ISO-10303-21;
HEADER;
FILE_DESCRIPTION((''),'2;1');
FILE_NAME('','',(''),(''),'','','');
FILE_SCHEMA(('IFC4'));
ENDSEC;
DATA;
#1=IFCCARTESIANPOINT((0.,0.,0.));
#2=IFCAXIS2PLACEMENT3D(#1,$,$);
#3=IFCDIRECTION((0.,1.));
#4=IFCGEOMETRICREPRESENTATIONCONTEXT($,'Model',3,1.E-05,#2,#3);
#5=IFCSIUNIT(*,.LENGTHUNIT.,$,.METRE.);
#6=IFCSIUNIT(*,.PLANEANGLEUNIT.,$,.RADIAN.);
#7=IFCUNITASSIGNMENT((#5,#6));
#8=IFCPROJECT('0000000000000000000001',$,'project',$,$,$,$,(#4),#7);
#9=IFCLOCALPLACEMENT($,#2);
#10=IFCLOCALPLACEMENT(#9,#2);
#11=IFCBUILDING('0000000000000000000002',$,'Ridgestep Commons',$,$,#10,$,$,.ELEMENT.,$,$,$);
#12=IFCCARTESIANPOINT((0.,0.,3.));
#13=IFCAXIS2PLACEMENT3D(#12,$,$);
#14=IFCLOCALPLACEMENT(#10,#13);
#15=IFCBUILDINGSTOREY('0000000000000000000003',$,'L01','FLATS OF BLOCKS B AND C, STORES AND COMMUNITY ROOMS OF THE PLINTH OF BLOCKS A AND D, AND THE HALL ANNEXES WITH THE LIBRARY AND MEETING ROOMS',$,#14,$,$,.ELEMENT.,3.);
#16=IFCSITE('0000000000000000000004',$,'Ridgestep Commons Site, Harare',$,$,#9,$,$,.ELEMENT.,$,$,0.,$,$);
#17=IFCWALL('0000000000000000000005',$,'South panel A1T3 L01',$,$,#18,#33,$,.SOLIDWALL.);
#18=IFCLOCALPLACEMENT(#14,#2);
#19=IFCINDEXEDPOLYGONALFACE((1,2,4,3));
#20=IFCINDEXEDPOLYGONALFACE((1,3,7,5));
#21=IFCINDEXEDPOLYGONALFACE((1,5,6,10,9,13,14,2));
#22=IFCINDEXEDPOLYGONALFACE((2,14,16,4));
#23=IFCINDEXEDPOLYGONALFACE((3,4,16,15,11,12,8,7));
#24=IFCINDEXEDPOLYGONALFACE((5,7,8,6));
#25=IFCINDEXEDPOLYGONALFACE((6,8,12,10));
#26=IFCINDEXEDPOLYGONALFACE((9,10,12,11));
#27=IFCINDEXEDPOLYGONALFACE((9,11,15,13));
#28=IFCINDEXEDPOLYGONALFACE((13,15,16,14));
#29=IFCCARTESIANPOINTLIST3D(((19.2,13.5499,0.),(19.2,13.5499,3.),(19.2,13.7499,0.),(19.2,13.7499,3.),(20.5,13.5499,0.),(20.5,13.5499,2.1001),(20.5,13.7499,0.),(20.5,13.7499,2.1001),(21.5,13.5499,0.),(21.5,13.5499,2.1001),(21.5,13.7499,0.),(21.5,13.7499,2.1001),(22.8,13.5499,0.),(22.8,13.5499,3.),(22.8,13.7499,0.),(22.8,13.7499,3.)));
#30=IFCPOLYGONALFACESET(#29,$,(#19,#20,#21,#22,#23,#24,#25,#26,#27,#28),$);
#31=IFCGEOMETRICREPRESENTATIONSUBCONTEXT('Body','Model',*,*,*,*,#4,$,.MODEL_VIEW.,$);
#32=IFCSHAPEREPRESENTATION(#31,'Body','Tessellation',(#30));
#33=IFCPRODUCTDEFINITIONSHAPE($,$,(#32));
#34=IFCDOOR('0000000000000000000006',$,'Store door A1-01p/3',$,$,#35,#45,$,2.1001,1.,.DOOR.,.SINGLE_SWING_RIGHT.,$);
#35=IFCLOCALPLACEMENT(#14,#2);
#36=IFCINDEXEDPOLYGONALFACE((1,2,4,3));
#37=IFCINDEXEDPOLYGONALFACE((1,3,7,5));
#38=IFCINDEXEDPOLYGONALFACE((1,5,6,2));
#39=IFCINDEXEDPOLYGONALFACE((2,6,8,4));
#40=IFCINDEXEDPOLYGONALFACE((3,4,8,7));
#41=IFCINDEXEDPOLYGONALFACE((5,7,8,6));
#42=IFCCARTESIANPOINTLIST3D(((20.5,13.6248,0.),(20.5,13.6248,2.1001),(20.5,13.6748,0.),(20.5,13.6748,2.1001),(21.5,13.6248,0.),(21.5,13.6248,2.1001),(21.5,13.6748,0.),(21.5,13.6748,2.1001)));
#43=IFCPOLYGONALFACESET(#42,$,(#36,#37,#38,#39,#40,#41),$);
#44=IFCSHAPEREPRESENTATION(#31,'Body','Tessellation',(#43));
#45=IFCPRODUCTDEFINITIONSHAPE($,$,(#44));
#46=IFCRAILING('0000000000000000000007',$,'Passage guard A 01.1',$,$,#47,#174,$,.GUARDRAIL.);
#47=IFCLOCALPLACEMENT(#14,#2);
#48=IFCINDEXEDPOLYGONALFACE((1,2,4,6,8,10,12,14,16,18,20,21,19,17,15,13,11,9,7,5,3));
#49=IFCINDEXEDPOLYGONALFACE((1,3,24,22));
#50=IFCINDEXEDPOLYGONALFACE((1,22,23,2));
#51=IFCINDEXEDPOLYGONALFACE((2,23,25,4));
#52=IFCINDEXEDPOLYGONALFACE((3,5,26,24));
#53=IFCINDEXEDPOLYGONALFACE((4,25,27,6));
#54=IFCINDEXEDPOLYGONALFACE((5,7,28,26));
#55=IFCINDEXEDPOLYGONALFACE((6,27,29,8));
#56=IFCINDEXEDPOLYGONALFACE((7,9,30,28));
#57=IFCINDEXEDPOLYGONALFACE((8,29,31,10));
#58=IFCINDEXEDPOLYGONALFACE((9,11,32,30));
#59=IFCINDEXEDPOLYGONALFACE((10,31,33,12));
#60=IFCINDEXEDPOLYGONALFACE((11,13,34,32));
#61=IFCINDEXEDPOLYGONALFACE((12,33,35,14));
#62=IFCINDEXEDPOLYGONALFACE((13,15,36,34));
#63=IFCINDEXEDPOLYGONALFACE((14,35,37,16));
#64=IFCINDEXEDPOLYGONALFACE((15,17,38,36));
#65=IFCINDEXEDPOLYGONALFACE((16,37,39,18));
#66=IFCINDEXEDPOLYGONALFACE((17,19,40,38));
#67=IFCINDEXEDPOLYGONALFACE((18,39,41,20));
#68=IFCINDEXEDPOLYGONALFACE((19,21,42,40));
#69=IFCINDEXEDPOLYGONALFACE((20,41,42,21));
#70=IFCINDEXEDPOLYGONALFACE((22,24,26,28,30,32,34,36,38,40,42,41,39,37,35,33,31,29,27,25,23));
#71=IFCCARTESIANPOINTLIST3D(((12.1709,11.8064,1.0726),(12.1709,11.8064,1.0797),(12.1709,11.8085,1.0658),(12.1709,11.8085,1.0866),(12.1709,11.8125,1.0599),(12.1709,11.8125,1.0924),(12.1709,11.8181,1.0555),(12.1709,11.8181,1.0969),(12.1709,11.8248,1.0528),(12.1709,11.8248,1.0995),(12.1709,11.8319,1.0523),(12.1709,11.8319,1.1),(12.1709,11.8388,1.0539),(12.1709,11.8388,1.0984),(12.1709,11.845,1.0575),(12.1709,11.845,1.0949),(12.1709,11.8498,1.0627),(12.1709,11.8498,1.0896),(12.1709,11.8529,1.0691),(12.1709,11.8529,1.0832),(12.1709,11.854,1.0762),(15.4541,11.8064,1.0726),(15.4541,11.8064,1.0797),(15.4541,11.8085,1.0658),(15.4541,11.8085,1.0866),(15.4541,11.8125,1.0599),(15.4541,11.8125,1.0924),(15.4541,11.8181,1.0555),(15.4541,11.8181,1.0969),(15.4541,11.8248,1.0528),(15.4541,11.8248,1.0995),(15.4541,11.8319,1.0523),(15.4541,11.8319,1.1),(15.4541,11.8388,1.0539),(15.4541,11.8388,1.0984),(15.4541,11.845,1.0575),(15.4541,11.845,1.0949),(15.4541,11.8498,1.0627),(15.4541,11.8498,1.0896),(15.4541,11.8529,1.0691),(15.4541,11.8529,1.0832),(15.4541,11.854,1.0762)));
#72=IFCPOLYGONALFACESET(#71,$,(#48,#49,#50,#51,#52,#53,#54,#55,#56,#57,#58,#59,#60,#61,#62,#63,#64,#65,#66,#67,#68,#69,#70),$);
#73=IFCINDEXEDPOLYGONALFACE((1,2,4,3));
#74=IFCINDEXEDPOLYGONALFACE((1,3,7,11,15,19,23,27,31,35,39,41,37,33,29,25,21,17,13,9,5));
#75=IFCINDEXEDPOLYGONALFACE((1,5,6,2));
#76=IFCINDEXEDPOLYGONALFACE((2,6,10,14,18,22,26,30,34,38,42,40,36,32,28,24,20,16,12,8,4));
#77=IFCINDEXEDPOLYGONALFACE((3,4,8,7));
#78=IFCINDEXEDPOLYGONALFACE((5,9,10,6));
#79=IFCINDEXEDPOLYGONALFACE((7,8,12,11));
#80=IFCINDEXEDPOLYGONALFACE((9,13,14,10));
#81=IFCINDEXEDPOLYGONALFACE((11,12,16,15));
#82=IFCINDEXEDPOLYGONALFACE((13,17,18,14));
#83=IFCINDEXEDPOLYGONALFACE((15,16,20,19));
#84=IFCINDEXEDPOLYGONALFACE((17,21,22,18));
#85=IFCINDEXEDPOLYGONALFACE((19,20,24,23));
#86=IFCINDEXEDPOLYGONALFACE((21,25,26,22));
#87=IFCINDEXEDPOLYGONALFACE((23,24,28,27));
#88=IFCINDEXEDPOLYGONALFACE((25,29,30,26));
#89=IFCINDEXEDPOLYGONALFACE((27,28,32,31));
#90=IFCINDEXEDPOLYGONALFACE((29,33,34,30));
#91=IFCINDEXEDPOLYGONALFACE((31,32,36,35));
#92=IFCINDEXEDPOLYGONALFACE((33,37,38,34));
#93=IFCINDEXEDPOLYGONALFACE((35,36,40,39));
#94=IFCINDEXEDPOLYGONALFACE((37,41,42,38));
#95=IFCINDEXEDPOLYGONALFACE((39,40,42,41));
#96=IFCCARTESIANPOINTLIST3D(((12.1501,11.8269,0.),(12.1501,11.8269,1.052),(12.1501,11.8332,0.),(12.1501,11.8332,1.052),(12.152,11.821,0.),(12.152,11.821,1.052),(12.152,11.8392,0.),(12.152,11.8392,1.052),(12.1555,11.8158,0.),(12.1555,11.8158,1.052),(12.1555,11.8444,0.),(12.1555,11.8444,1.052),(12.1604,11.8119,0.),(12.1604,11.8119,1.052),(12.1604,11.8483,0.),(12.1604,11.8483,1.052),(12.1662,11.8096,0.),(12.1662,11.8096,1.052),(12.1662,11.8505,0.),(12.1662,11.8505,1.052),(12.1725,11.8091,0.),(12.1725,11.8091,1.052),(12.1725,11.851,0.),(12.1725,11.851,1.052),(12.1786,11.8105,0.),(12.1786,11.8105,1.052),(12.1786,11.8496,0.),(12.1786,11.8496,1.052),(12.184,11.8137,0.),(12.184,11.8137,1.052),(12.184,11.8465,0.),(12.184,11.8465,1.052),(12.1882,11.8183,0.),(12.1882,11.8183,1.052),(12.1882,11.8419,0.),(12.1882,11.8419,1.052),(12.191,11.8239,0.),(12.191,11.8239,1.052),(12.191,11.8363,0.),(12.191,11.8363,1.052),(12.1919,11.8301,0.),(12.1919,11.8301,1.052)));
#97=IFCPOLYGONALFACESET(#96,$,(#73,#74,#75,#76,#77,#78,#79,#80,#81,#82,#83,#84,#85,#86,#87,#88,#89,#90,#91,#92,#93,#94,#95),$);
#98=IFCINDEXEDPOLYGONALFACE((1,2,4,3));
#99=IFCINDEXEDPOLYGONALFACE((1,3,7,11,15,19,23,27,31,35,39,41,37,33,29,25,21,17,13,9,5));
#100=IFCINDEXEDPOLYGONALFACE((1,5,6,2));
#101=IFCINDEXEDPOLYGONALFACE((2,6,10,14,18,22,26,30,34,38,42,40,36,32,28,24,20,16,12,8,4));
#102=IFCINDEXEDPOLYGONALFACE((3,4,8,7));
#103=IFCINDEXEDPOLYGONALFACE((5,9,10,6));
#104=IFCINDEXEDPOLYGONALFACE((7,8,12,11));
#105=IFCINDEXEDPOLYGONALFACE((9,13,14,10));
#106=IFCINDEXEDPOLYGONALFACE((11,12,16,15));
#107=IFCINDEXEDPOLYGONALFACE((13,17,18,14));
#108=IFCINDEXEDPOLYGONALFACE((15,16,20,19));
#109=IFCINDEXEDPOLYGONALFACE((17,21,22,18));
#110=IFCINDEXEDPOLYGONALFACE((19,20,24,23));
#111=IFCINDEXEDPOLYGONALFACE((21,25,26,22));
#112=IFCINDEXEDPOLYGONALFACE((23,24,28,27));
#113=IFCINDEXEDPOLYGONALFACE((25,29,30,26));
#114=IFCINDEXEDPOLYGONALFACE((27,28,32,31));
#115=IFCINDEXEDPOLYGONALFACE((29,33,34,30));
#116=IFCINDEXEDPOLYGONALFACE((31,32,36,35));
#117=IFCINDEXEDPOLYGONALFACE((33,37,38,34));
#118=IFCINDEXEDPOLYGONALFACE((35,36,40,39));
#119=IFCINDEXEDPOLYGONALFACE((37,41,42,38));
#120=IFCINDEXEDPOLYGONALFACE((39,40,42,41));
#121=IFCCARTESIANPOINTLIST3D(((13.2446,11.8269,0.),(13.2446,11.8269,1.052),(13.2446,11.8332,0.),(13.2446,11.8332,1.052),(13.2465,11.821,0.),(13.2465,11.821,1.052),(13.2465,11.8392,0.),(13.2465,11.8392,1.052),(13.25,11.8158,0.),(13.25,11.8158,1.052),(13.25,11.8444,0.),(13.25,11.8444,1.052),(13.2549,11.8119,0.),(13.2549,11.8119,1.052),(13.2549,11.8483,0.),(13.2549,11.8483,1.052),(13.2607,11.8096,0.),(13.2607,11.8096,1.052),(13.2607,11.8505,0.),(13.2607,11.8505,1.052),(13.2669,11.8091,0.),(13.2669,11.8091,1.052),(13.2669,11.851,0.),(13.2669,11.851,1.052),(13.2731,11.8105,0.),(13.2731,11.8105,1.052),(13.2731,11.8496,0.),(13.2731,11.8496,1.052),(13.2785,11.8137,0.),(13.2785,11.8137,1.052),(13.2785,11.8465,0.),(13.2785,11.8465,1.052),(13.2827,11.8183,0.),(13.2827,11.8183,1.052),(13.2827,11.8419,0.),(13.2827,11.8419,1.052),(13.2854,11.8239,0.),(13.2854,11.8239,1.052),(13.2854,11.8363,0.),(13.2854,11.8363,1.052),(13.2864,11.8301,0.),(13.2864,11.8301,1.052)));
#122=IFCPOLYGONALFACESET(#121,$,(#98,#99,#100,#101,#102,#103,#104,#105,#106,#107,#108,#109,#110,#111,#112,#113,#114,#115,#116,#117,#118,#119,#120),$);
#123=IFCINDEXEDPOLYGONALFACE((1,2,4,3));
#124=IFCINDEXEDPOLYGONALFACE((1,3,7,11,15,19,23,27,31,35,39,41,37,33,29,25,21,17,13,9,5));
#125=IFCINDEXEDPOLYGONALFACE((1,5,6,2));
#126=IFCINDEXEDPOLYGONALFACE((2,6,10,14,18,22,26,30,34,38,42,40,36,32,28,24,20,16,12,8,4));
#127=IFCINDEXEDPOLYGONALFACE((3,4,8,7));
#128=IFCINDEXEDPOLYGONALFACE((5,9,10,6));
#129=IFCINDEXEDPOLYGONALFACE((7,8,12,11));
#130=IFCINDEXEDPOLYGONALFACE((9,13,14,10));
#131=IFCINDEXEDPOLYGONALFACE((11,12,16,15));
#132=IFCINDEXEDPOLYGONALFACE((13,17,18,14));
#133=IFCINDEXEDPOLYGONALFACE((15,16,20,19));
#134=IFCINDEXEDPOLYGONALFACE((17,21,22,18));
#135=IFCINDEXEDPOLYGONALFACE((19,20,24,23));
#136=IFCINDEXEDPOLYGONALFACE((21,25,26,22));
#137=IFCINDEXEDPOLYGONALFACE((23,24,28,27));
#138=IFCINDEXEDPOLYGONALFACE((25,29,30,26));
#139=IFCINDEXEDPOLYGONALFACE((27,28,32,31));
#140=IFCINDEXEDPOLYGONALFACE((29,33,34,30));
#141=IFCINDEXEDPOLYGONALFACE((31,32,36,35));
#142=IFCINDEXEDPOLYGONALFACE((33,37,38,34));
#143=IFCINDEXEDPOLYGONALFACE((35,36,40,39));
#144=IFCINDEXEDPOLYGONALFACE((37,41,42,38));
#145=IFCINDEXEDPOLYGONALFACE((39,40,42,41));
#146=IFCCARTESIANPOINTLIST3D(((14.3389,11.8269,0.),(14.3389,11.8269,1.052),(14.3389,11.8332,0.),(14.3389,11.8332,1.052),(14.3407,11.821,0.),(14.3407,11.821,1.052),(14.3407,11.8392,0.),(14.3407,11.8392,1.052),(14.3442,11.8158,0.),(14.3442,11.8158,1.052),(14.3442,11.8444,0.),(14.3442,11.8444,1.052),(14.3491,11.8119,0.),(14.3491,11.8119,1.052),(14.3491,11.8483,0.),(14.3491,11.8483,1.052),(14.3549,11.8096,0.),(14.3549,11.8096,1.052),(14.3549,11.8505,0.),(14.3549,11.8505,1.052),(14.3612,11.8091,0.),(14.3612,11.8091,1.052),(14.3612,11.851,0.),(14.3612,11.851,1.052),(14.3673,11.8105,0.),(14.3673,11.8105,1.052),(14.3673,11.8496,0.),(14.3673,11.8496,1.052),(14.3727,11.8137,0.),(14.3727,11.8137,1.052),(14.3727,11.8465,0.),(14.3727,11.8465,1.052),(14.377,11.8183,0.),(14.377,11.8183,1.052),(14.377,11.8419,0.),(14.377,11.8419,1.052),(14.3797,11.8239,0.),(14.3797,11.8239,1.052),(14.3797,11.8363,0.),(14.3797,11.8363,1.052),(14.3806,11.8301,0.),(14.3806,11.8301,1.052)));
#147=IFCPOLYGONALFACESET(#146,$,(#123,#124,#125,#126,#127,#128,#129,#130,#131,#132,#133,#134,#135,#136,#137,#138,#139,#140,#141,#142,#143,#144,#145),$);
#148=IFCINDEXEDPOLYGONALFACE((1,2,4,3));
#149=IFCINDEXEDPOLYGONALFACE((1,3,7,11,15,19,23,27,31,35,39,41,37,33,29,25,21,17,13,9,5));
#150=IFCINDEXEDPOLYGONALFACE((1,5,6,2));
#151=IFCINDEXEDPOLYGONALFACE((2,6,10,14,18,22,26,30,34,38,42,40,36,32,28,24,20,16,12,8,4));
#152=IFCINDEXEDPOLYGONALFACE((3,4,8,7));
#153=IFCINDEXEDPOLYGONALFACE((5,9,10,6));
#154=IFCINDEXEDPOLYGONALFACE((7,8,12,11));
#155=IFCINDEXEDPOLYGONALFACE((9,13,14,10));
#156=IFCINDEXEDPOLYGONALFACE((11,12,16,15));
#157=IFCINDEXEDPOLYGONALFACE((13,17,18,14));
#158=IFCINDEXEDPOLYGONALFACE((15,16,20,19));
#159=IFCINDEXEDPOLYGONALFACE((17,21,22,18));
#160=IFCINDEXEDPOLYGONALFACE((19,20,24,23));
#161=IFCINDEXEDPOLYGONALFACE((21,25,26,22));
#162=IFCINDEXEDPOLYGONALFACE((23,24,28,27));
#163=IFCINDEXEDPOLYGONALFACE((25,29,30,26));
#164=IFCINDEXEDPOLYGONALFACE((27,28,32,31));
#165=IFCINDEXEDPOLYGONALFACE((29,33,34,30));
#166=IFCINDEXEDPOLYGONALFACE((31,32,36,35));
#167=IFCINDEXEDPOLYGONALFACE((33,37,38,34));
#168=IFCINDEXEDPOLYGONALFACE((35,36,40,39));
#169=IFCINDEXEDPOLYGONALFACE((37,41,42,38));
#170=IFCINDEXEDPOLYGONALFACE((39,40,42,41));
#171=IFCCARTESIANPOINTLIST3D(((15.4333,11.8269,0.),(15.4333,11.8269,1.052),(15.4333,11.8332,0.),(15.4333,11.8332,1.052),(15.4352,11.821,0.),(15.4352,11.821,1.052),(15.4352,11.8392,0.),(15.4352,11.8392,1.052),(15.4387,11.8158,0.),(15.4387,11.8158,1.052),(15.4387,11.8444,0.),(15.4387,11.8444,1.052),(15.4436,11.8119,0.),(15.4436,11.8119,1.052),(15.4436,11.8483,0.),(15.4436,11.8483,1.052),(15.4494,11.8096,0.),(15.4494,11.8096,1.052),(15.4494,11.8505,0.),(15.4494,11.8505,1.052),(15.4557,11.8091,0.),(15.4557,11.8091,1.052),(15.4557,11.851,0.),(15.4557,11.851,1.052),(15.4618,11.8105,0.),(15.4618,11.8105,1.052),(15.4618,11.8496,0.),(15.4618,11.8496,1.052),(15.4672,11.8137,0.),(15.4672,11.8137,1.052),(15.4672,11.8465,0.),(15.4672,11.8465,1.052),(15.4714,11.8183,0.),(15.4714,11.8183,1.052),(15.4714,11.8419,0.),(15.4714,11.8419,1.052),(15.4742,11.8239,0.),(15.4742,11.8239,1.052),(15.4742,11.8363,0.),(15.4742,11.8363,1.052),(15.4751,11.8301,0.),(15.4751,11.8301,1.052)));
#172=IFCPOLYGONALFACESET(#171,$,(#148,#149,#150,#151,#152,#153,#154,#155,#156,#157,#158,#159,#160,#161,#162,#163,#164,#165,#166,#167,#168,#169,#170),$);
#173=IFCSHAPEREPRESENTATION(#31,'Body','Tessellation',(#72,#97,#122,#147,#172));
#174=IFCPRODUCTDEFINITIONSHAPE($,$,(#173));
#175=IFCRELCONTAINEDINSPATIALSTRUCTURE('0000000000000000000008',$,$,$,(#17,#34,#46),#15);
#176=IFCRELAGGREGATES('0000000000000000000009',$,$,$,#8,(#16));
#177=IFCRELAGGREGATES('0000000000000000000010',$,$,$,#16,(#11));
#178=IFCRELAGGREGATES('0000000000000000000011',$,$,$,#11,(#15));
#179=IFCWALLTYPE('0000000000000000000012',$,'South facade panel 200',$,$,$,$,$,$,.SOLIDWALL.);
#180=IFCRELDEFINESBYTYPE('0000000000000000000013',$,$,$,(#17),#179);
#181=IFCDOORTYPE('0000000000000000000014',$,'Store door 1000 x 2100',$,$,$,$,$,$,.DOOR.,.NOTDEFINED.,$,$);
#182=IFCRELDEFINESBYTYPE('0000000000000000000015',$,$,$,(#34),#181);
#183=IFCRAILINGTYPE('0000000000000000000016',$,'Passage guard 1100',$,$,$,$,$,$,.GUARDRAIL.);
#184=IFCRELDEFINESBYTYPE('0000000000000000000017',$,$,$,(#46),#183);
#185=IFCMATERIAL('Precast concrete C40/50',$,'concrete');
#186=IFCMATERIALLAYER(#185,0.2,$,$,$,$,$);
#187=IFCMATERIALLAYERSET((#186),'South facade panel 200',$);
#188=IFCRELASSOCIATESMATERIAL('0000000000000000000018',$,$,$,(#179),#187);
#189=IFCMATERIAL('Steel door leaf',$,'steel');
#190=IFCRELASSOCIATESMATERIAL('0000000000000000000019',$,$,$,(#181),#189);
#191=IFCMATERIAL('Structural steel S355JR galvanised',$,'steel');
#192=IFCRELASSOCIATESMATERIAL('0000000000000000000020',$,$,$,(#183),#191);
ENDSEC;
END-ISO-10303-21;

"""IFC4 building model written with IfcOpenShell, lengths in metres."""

from ifc_helpers import new_model, si_unit, direction, frame, frame_2d, origin, origin_2d, place, context, subcontext, project, spatial, rectangle, circle, extrude, material, layer, layer_set, type_object, element, fill, save


model = new_model("IFC4")

# Units and contexts
model_context = context("Model", 3, precision=1e-05, world=origin(), true_north=direction((0.0, 1.0)))
body_context = subcontext(model_context, "Body", "Model", "MODEL_VIEW")
ifc_project = project(units=[si_unit("LENGTHUNIT", "METRE"), si_unit("PLANEANGLEUNIT", "RADIAN")], contexts=[model_context])

# Site, building, storey
site_placement = place(None, origin())
site = spatial("IfcSite", under=ifc_project, at=site_placement, Name="Ridgestep Commons Site, Harare", CompositionType="ELEMENT", RefElevation=0.0)
building_placement = place(site_placement, origin())
building = spatial("IfcBuilding", under=site, at=building_placement, Name="Ridgestep Commons", CompositionType="ELEMENT")
storey_placement = place(building_placement, frame((0.0, 0.0, 3.0)))
storey = spatial("IfcBuildingStorey", under=building, at=storey_placement, Name="L01", Description="FLATS OF BLOCKS B AND C, STORES AND COMMUNITY ROOMS OF THE PLINTH OF BLOCKS A AND D, AND THE HALL ANNEXES WITH THE LIBRARY AND MEETING ROOMS", CompositionType="ELEMENT", Elevation=3.0)

# Wall, opening, door
ifc_material_1 = material(Name="Precast concrete C40/50", Category="concrete")
ifc_layer_1 = layer(ifc_material_1, 0.2)
ifc_layer_set_1 = layer_set([ifc_layer_1], Name="South facade panel 200")
wall_type_1 = type_object("IfcWallType", Name="South facade panel 200", PredefinedType="SOLIDWALL", material=ifc_layer_set_1)
ifc_material_2 = material(Name="Steel door leaf", Category="steel")
door_type = type_object("IfcDoorType", Name="Store door 1000 x 2100", OperationType="NOTDEFINED", PredefinedType="DOOR", material=ifc_material_2)
wall_1_placement = place(storey_placement, frame((19.2, 13.6499, 0.0), z_axis=(0.0, 0.0, 1.0), x_axis=(1.0, 0.0, 0.0)))
wall_1 = element("IfcWall", 1, at=wall_1_placement, inside=storey, type_object=wall_type_1, Name="South panel A1T3 L01", PredefinedType="SOLIDWALL", context=body_context, shape_type="SweptSolid", body=[
    extrude(rectangle(XDim=3.6001, YDim=0.2, at=frame_2d((1.8, 0.0))), origin(), (0.0, 0.0, 1.0), 3.0),
])
opening_1_placement = place(wall_1_placement, frame((1.3, 0.0, 0.0)))
opening_1 = element("IfcOpeningElement", 2, at=opening_1_placement, cuts=wall_1, PredefinedType="OPENING", context=body_context, shape_type="SweptSolid", body=[
    extrude(rectangle(XDim=1.0, YDim=2.1001, at=frame_2d((0.5, 1.05))), frame((0.0, 0.1099, 0.0), z_axis=(0.0, -1.0, 0.0), x_axis=(1.0, 0.0, 0.0)), (0.0, 0.0, 1.0), 0.22),
])
door_1_placement = place(opening_1_placement, origin())
door_1 = element("IfcDoor", 3, at=door_1_placement, inside=storey, type_object=door_type, Name="Store door A1-01p/3", OperationType="SINGLE_SWING_RIGHT", OverallHeight=2.1001, OverallWidth=1.0, PredefinedType="DOOR", context=body_context, shape_type="SweptSolid", body=[
    extrude(rectangle(XDim=1.0, YDim=2.1001, at=frame_2d((0.5, 1.05))), frame((0.0, 0.0249, 0.0), z_axis=(0.0, -1.0, 0.0), x_axis=(1.0, 0.0, 0.0)), (0.0, 0.0, 1.0), 0.05),
])
fill(opening_1, door_1)

# Railing
ifc_material_3 = material(Name="Structural steel S355JR galvanised", Category="steel")
railing_type = type_object("IfcRailingType", Name="Passage guard 1100", PredefinedType="GUARDRAIL", material=ifc_material_3)
railing_1_placement = place(storey_placement, frame((12.1709, 11.8301, 0.0)))
element("IfcRailing", 4, at=railing_1_placement, inside=storey, type_object=railing_type, Name="Passage guard A 01.1", PredefinedType="GUARDRAIL", context=body_context, shape_type="SweptSolid", body=[
    extrude(circle(Radius=0.0239, at=origin_2d()), frame((0.0, 0.0, 1.0762), z_axis=(1.0, 0.0, 0.0), x_axis=(0.0, 1.0, 0.0)), (0.0, 0.0, 1.0), 3.2832),
    extrude(circle(Radius=0.021, at=origin_2d()), origin(), (0.0, 0.0, 1.0), 1.052),
    extrude(circle(Radius=0.021, at=origin_2d()), frame((1.0945, 0.0, 0.0)), (0.0, 0.0, 1.0), 1.052),
    extrude(circle(Radius=0.021, at=origin_2d()), frame((2.1887, 0.0, 0.0)), (0.0, 0.0, 1.0), 1.052),
    extrude(circle(Radius=0.021, at=origin_2d()), frame((3.2832, 0.0, 0.0)), (0.0, 0.0, 1.0), 1.052),
])

save(model, "model.ifc")
